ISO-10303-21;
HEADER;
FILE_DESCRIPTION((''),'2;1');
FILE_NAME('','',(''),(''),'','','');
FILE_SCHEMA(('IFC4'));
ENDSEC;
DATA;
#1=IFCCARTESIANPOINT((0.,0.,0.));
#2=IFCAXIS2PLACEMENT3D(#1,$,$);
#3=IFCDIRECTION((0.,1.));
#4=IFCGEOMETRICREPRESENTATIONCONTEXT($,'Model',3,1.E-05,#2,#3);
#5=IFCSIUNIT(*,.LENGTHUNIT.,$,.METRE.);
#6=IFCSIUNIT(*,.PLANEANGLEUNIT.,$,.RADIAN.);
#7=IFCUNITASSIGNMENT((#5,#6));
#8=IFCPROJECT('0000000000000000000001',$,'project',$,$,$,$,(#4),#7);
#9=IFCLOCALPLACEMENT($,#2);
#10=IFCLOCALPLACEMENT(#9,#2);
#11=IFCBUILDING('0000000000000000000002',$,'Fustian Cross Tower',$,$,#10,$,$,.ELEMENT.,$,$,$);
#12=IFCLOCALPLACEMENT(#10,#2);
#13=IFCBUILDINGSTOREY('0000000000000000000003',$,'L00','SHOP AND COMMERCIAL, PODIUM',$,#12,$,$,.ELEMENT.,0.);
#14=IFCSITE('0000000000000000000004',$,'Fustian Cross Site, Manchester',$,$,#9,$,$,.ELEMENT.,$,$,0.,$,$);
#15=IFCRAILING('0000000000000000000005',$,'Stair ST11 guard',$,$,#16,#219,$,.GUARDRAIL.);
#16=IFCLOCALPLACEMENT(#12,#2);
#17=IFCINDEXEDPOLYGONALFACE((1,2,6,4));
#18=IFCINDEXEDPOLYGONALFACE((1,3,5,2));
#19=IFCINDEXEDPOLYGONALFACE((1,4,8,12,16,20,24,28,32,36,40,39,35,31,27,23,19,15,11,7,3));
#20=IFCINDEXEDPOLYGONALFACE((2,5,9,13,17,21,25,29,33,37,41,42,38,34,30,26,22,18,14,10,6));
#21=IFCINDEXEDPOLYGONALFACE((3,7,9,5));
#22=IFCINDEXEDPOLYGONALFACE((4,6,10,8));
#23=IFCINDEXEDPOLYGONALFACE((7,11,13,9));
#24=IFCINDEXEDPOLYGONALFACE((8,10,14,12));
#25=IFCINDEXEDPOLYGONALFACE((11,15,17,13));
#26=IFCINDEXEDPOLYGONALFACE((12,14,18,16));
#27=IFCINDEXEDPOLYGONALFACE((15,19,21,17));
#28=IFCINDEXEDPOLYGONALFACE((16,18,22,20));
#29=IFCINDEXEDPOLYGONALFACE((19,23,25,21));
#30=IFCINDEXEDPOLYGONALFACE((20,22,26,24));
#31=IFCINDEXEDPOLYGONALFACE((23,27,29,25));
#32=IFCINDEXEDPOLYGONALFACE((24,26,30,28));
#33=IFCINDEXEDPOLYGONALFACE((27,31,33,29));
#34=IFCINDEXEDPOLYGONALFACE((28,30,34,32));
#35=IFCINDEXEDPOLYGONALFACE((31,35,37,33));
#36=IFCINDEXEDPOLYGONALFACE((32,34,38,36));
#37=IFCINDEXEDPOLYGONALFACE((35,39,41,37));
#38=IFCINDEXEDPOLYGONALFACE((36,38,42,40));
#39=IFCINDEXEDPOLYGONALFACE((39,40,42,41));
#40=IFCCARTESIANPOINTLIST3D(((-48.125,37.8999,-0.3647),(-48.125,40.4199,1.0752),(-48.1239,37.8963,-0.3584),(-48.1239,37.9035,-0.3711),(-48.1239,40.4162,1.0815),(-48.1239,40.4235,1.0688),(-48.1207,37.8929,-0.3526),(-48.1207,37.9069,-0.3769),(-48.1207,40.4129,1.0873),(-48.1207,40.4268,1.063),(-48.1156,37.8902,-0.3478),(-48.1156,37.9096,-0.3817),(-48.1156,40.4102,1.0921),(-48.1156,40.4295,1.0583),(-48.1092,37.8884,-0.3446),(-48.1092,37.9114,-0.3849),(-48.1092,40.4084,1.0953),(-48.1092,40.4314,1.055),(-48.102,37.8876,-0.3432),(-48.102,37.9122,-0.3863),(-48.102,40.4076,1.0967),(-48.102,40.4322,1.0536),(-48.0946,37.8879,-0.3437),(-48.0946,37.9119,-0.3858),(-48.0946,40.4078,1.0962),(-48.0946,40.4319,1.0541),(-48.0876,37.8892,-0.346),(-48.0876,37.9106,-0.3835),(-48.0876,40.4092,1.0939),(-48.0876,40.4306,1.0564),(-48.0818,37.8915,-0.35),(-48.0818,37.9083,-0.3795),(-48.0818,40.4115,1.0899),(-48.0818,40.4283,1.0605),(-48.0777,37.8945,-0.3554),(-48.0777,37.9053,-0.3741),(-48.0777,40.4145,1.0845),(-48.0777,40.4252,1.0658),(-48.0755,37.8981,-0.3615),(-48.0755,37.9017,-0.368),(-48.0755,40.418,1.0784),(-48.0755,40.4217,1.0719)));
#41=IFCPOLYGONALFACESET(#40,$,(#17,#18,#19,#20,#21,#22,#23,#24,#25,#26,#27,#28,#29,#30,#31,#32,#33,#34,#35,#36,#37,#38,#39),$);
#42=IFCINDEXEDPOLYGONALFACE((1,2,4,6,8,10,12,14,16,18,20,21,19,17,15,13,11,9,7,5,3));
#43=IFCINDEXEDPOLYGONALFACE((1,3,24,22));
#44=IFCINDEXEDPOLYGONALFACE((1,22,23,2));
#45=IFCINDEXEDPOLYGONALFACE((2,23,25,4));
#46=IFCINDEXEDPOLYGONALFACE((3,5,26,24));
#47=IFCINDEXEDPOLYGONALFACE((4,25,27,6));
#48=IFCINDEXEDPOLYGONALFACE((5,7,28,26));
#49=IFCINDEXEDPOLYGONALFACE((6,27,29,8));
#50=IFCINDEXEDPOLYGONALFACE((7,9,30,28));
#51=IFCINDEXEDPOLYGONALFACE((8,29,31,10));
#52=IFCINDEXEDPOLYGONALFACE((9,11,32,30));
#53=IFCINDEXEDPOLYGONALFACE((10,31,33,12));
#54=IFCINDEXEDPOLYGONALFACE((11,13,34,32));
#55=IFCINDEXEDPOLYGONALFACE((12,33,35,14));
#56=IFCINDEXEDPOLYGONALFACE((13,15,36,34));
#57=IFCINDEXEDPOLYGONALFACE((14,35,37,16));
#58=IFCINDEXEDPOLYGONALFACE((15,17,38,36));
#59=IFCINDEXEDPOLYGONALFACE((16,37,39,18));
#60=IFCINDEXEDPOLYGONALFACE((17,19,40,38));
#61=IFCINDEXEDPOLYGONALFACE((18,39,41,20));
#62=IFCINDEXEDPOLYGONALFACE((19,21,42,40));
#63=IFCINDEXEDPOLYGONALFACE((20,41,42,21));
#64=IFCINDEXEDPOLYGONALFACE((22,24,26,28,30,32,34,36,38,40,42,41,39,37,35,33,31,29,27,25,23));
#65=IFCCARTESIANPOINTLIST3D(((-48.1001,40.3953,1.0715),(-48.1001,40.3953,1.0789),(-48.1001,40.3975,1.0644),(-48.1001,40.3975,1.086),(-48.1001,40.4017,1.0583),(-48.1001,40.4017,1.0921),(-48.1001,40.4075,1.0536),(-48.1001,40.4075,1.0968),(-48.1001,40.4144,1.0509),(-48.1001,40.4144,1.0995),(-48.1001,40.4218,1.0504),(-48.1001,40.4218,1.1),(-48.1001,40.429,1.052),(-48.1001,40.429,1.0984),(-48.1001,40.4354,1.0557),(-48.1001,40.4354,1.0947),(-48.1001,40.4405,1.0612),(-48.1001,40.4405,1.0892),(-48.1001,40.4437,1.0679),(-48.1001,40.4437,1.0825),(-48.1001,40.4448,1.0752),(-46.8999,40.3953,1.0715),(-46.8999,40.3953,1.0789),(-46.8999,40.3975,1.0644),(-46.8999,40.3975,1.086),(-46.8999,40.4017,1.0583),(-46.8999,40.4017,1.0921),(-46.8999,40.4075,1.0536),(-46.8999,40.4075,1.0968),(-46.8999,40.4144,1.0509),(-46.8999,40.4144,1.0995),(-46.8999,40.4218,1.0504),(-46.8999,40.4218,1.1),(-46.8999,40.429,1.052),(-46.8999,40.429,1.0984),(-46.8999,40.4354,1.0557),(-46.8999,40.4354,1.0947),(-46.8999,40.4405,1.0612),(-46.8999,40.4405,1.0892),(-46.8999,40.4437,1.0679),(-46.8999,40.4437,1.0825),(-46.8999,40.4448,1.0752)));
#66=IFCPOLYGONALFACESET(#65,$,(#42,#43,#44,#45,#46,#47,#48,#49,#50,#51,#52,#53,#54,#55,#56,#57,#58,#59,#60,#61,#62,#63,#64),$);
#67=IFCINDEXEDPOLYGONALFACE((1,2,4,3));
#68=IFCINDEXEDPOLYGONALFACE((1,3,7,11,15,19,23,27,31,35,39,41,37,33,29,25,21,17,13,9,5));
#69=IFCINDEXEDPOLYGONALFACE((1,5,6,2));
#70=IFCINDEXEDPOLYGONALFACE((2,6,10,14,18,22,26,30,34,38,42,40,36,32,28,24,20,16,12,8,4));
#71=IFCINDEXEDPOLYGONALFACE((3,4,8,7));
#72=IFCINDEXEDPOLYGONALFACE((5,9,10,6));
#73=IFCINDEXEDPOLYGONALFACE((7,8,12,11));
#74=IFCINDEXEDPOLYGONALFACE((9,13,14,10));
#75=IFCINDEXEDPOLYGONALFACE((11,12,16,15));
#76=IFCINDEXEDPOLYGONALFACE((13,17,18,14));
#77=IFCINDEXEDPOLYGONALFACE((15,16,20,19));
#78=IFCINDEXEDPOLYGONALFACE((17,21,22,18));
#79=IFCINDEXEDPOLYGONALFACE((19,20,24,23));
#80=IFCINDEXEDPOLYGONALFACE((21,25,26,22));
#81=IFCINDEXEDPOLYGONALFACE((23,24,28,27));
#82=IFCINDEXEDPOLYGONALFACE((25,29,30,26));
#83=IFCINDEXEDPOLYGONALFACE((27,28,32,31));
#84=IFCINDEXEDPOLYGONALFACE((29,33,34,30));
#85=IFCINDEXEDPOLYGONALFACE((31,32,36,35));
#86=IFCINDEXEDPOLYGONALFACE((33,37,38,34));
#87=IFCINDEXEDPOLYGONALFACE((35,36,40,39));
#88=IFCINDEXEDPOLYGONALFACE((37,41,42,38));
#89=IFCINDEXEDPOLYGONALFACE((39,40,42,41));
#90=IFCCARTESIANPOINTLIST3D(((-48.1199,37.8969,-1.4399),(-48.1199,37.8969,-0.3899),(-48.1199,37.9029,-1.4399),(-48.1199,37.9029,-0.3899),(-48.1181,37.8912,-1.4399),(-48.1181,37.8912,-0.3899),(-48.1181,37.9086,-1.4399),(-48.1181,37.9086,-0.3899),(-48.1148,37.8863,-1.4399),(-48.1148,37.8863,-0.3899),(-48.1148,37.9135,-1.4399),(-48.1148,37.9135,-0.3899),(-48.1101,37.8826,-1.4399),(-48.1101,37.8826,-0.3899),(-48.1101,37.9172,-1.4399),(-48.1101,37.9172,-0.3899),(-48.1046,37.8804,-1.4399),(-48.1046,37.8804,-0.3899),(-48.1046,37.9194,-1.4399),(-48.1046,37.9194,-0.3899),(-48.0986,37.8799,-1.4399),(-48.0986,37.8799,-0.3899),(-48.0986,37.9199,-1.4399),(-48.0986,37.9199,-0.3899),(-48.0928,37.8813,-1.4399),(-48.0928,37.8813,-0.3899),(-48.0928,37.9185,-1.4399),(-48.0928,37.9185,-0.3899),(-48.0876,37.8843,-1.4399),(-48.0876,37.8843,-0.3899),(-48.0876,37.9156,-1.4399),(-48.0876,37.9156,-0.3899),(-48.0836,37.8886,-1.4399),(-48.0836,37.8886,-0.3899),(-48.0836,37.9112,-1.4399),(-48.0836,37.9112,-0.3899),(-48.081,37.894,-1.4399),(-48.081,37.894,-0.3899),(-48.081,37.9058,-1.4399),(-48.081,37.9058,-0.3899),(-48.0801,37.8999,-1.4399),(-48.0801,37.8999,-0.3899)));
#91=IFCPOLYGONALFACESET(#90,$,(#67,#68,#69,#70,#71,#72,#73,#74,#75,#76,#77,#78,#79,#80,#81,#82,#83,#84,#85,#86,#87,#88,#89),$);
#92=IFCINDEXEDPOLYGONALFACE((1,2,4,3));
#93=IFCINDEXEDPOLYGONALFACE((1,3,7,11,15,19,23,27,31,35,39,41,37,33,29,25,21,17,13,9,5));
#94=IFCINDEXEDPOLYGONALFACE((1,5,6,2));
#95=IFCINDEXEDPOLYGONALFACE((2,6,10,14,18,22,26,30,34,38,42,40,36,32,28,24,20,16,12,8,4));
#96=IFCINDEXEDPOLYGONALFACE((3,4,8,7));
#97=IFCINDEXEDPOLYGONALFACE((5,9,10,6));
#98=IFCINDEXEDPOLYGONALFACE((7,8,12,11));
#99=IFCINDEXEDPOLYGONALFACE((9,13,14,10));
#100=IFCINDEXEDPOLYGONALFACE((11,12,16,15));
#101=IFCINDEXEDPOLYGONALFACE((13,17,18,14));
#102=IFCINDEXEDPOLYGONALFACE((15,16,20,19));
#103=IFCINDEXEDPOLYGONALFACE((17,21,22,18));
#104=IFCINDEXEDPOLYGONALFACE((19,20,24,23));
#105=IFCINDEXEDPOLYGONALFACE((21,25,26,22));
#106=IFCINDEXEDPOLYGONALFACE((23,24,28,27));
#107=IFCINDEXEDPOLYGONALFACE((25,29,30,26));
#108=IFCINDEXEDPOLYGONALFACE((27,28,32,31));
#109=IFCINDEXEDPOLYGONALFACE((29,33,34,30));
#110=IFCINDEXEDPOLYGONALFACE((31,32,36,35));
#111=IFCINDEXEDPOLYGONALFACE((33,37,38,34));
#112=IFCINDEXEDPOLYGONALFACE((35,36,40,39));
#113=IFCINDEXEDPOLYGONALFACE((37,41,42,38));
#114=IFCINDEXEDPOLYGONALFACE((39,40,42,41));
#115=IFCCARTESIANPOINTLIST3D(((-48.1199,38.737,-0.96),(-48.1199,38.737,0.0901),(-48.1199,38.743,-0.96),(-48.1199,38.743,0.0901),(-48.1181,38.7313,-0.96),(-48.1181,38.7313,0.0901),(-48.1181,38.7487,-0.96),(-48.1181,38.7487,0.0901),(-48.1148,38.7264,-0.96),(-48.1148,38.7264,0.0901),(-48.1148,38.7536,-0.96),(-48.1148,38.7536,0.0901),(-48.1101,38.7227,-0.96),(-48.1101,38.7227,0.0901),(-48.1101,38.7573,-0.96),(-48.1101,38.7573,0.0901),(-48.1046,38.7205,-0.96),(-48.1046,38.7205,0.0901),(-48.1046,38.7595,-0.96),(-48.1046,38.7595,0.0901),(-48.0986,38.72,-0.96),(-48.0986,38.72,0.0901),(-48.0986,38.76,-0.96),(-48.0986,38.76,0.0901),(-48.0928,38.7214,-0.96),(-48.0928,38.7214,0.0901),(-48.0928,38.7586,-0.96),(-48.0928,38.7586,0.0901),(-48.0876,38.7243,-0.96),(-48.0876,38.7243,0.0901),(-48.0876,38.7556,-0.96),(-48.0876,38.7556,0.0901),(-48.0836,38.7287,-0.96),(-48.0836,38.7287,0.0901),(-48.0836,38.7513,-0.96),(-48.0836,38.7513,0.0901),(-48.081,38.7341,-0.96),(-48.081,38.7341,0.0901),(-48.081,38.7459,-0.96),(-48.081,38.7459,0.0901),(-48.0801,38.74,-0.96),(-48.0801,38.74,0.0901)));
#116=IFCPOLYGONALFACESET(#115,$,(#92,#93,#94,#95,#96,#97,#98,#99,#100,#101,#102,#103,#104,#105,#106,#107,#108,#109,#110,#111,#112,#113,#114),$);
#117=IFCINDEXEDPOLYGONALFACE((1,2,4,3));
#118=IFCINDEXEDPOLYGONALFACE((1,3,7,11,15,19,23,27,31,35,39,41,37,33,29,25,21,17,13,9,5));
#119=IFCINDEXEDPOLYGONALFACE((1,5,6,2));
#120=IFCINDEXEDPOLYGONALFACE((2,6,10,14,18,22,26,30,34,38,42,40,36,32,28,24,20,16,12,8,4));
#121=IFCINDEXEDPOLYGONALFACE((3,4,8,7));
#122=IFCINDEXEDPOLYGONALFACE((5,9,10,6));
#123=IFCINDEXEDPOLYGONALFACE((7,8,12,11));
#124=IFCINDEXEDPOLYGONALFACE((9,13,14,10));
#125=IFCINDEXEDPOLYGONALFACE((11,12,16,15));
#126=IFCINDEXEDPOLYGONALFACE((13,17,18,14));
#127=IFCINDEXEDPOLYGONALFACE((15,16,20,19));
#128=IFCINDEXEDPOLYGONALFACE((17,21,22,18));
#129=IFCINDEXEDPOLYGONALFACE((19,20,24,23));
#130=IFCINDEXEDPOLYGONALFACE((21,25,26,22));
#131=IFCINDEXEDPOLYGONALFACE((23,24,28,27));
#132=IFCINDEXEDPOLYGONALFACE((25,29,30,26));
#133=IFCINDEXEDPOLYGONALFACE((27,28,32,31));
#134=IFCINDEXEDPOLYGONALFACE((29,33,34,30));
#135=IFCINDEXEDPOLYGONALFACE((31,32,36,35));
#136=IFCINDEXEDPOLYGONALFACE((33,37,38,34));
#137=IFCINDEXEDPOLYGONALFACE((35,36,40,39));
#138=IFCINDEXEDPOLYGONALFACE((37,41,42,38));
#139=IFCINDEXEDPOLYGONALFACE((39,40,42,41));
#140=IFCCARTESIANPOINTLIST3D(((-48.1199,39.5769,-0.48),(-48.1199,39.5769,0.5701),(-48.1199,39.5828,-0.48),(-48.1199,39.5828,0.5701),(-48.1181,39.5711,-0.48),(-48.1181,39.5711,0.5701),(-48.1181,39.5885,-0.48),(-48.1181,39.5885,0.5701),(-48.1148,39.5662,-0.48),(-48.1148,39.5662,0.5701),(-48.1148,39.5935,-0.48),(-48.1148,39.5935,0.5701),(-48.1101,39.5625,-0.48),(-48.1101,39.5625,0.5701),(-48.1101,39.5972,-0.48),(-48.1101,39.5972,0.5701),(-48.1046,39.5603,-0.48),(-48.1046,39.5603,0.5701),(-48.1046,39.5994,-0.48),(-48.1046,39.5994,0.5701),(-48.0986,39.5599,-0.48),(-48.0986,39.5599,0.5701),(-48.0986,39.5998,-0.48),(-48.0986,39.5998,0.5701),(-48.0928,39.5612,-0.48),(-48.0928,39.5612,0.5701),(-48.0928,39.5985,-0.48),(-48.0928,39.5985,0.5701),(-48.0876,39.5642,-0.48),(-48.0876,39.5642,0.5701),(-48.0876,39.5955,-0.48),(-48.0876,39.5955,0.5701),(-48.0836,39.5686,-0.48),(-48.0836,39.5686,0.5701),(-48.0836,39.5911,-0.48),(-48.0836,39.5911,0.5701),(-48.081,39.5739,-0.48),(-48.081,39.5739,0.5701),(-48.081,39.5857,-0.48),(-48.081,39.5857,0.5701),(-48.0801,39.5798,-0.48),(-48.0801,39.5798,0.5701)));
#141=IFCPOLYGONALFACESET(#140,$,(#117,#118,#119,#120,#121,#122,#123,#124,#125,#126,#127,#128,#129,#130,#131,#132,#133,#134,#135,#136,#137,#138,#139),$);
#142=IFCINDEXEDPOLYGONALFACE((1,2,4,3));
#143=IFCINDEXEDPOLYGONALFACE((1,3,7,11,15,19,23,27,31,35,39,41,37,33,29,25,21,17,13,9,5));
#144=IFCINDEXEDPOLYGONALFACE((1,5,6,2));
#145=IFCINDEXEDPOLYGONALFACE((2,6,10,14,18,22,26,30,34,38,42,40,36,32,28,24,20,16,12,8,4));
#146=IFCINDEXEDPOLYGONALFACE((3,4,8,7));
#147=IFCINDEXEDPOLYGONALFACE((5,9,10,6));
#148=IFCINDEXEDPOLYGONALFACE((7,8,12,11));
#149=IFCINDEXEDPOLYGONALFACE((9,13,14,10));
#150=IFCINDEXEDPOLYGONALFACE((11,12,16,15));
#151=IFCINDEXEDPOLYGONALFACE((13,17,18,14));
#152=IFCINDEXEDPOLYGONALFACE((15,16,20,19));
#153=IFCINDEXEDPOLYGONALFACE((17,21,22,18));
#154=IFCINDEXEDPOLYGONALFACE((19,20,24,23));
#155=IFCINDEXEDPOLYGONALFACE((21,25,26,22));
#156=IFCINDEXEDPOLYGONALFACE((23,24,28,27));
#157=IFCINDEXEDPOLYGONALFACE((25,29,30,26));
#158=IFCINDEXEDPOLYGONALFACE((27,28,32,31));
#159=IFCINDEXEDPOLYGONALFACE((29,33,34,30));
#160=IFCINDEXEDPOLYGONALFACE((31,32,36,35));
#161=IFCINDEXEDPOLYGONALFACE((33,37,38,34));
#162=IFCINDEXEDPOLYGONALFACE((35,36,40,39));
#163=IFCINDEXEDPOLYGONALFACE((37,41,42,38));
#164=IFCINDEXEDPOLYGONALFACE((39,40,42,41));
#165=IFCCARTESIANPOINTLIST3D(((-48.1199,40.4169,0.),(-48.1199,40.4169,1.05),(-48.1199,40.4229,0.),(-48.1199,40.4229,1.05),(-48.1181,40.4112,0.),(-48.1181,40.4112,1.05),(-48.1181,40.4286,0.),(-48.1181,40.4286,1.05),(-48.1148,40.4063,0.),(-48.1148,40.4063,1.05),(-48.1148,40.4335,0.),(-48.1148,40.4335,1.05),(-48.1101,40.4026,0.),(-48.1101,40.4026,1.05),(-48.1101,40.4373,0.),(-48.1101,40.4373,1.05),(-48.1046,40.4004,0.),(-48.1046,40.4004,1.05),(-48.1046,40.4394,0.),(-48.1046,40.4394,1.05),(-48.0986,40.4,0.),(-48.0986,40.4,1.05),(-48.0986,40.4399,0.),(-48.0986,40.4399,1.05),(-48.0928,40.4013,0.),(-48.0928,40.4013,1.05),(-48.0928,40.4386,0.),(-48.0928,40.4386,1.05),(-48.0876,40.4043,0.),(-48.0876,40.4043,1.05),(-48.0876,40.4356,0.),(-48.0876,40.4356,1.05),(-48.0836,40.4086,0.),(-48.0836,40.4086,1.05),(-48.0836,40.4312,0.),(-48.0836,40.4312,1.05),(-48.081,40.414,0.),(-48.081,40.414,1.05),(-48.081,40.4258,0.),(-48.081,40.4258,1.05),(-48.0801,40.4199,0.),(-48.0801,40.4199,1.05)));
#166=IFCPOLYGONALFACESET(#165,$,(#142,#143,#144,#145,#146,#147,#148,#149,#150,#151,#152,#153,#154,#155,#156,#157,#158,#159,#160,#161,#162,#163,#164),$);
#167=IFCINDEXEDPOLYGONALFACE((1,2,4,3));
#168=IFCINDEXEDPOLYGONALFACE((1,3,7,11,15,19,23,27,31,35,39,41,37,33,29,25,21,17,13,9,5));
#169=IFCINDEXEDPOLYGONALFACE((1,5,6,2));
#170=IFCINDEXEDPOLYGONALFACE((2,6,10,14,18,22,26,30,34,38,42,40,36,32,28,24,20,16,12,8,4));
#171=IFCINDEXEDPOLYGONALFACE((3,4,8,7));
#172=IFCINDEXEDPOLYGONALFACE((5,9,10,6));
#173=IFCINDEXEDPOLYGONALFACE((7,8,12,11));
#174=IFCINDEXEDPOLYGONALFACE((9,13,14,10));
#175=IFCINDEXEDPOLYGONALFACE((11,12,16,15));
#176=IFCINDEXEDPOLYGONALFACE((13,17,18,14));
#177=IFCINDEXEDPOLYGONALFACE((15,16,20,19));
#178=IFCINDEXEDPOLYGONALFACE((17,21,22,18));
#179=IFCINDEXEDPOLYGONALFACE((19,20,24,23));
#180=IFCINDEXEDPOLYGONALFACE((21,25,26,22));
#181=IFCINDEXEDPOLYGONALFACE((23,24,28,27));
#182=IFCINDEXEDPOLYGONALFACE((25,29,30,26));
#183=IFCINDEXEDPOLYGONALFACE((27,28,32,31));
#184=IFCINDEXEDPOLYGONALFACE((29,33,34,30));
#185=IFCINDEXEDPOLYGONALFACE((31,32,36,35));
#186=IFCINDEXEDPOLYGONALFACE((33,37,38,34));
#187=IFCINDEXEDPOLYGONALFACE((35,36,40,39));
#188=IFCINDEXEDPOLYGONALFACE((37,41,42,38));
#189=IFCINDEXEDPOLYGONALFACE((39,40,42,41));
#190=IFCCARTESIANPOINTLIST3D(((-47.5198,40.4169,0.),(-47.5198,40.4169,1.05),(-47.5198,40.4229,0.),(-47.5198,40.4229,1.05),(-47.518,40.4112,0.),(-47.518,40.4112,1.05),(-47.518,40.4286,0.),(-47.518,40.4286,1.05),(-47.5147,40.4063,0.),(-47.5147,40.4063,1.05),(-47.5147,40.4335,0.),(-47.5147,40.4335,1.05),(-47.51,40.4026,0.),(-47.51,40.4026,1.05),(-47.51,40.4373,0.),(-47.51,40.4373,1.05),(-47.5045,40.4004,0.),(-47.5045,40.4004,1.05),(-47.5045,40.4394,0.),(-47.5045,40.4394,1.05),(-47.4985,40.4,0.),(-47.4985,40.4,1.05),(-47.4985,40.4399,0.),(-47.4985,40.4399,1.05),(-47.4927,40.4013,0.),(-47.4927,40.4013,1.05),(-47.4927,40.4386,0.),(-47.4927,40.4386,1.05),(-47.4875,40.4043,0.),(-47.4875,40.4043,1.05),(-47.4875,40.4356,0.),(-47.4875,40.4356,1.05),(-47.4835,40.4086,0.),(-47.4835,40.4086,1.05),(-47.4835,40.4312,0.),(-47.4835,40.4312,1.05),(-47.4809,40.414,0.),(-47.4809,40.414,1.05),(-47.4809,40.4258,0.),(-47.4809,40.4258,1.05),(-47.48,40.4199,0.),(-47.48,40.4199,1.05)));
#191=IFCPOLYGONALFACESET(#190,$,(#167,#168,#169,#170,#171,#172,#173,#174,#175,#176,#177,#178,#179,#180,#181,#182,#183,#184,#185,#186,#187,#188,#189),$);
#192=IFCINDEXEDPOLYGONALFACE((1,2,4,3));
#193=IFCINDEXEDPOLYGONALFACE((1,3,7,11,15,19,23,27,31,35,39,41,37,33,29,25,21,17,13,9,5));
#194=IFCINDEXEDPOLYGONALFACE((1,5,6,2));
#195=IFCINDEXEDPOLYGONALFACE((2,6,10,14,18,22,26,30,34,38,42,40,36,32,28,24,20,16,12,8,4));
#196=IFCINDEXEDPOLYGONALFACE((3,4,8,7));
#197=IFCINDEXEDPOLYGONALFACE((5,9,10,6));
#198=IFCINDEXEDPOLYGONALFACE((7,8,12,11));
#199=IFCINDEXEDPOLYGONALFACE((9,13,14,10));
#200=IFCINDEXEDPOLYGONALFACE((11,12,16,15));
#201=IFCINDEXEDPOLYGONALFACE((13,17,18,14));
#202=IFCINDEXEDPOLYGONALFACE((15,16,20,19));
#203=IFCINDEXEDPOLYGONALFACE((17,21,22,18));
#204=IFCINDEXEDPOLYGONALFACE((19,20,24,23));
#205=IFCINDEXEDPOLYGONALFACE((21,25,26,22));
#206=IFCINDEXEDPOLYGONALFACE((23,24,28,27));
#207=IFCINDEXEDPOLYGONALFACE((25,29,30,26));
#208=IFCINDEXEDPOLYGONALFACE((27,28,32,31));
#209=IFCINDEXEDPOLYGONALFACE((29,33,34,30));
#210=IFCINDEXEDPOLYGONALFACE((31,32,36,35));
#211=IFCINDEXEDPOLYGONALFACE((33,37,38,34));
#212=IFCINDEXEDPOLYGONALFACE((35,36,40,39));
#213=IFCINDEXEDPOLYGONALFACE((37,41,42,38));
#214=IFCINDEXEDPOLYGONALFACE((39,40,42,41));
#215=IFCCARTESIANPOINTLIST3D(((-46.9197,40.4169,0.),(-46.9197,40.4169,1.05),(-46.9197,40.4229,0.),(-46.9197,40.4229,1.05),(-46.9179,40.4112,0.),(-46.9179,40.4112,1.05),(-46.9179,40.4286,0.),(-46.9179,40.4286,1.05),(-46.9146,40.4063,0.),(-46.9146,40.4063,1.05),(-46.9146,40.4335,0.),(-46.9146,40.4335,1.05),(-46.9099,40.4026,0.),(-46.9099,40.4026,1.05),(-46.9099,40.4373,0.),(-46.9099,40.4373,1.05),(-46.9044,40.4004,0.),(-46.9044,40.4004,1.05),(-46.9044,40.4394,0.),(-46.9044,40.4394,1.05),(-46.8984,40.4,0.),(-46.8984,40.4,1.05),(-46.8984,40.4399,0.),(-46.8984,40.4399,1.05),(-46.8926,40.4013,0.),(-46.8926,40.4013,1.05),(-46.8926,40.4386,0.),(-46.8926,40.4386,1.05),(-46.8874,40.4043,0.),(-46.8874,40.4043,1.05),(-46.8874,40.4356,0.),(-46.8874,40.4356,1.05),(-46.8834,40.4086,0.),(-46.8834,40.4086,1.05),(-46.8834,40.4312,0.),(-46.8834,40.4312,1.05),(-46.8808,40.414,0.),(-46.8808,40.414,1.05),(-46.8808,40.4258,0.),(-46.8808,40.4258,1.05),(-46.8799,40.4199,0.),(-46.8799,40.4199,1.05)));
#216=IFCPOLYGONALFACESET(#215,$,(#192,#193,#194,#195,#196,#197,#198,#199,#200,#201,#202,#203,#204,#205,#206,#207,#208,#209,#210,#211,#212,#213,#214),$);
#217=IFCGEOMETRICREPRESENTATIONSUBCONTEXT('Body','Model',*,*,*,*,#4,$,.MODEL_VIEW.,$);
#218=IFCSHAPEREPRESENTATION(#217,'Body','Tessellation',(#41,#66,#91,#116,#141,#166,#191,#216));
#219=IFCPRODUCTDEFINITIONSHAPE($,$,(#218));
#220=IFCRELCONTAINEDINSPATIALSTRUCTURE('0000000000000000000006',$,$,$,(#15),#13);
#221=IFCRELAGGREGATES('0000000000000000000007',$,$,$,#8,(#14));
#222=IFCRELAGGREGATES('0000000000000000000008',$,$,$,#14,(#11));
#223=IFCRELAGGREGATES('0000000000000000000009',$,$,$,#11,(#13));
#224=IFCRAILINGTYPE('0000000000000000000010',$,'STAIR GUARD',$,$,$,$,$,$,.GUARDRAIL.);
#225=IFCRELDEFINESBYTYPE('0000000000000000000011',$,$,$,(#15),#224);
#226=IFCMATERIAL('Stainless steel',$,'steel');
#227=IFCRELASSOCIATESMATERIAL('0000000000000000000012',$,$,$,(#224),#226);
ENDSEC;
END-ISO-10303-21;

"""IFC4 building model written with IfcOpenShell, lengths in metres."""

from ifc_helpers import new_model, si_unit, direction, frame, origin, origin_2d, place, context, subcontext, project, spatial, circle, extrude, material, type_object, element, save


model = new_model("IFC4")

# Units and contexts
model_context = context("Model", 3, precision=1e-05, world=origin(), true_north=direction((0.0, 1.0)))
body_context = subcontext(model_context, "Body", "Model", "MODEL_VIEW")
ifc_project = project(units=[si_unit("LENGTHUNIT", "METRE"), si_unit("PLANEANGLEUNIT", "RADIAN")], contexts=[model_context])

# Site, building, storey
site_placement = place(None, origin())
site = spatial("IfcSite", under=ifc_project, at=site_placement, Name="Fustian Cross Site, Manchester", CompositionType="ELEMENT", RefElevation=0.0)
building_placement = place(site_placement, origin())
building = spatial("IfcBuilding", under=site, at=building_placement, Name="Fustian Cross Tower", CompositionType="ELEMENT")
storey_placement = place(building_placement, origin())
storey = spatial("IfcBuildingStorey", under=building, at=storey_placement, Name="L00", Description="SHOP AND COMMERCIAL, PODIUM", CompositionType="ELEMENT", Elevation=0.0)

# Railing
ifc_material_1 = material(Name="Stainless steel", Category="steel")
railing_type = type_object("IfcRailingType", Name="STAIR GUARD", PredefinedType="GUARDRAIL", material=ifc_material_1)
railing_placement = place(storey_placement, frame((-48.1001, 37.8999, -1.4399)))
element("IfcRailing", 1, at=railing_placement, inside=storey, type_object=railing_type, Name="Stair ST11 guard", PredefinedType="GUARDRAIL", context=body_context, shape_type="SweptSolid", body=[
    extrude(circle(Radius=0.0249, at=origin_2d()), frame((0.0, 0.0, 1.0752), z_axis=(0.0, 0.868253, 0.496121), x_axis=(-1.0, 0.0, 0.0)), (0.0, 0.0, 1.0), 2.9023),
    extrude(circle(Radius=0.0249, at=origin_2d()), frame((0.0, 2.52, 2.5151), z_axis=(1.0, 0.0, 0.0), x_axis=(0.0, 1.0, 0.0)), (0.0, 0.0, 1.0), 1.2002),
    extrude(circle(Radius=0.02, at=origin_2d()), origin(), (0.0, 0.0, 1.0), 1.05),
    extrude(circle(Radius=0.02, at=origin_2d()), frame((0.0, 0.8401, 0.48)), (0.0, 0.0, 1.0), 1.05),
    extrude(circle(Radius=0.02, at=origin_2d()), frame((0.0, 1.6799, 0.96)), (0.0, 0.0, 1.0), 1.05),
    extrude(circle(Radius=0.02, at=origin_2d()), frame((0.0, 2.52, 1.4399)), (0.0, 0.0, 1.0), 1.05),
    extrude(circle(Radius=0.02, at=origin_2d()), frame((0.6001, 2.52, 1.4399)), (0.0, 0.0, 1.0), 1.05),
    extrude(circle(Radius=0.02, at=origin_2d()), frame((1.2002, 2.52, 1.4399)), (0.0, 0.0, 1.0), 1.05),
])

save(model, "model.ifc")
